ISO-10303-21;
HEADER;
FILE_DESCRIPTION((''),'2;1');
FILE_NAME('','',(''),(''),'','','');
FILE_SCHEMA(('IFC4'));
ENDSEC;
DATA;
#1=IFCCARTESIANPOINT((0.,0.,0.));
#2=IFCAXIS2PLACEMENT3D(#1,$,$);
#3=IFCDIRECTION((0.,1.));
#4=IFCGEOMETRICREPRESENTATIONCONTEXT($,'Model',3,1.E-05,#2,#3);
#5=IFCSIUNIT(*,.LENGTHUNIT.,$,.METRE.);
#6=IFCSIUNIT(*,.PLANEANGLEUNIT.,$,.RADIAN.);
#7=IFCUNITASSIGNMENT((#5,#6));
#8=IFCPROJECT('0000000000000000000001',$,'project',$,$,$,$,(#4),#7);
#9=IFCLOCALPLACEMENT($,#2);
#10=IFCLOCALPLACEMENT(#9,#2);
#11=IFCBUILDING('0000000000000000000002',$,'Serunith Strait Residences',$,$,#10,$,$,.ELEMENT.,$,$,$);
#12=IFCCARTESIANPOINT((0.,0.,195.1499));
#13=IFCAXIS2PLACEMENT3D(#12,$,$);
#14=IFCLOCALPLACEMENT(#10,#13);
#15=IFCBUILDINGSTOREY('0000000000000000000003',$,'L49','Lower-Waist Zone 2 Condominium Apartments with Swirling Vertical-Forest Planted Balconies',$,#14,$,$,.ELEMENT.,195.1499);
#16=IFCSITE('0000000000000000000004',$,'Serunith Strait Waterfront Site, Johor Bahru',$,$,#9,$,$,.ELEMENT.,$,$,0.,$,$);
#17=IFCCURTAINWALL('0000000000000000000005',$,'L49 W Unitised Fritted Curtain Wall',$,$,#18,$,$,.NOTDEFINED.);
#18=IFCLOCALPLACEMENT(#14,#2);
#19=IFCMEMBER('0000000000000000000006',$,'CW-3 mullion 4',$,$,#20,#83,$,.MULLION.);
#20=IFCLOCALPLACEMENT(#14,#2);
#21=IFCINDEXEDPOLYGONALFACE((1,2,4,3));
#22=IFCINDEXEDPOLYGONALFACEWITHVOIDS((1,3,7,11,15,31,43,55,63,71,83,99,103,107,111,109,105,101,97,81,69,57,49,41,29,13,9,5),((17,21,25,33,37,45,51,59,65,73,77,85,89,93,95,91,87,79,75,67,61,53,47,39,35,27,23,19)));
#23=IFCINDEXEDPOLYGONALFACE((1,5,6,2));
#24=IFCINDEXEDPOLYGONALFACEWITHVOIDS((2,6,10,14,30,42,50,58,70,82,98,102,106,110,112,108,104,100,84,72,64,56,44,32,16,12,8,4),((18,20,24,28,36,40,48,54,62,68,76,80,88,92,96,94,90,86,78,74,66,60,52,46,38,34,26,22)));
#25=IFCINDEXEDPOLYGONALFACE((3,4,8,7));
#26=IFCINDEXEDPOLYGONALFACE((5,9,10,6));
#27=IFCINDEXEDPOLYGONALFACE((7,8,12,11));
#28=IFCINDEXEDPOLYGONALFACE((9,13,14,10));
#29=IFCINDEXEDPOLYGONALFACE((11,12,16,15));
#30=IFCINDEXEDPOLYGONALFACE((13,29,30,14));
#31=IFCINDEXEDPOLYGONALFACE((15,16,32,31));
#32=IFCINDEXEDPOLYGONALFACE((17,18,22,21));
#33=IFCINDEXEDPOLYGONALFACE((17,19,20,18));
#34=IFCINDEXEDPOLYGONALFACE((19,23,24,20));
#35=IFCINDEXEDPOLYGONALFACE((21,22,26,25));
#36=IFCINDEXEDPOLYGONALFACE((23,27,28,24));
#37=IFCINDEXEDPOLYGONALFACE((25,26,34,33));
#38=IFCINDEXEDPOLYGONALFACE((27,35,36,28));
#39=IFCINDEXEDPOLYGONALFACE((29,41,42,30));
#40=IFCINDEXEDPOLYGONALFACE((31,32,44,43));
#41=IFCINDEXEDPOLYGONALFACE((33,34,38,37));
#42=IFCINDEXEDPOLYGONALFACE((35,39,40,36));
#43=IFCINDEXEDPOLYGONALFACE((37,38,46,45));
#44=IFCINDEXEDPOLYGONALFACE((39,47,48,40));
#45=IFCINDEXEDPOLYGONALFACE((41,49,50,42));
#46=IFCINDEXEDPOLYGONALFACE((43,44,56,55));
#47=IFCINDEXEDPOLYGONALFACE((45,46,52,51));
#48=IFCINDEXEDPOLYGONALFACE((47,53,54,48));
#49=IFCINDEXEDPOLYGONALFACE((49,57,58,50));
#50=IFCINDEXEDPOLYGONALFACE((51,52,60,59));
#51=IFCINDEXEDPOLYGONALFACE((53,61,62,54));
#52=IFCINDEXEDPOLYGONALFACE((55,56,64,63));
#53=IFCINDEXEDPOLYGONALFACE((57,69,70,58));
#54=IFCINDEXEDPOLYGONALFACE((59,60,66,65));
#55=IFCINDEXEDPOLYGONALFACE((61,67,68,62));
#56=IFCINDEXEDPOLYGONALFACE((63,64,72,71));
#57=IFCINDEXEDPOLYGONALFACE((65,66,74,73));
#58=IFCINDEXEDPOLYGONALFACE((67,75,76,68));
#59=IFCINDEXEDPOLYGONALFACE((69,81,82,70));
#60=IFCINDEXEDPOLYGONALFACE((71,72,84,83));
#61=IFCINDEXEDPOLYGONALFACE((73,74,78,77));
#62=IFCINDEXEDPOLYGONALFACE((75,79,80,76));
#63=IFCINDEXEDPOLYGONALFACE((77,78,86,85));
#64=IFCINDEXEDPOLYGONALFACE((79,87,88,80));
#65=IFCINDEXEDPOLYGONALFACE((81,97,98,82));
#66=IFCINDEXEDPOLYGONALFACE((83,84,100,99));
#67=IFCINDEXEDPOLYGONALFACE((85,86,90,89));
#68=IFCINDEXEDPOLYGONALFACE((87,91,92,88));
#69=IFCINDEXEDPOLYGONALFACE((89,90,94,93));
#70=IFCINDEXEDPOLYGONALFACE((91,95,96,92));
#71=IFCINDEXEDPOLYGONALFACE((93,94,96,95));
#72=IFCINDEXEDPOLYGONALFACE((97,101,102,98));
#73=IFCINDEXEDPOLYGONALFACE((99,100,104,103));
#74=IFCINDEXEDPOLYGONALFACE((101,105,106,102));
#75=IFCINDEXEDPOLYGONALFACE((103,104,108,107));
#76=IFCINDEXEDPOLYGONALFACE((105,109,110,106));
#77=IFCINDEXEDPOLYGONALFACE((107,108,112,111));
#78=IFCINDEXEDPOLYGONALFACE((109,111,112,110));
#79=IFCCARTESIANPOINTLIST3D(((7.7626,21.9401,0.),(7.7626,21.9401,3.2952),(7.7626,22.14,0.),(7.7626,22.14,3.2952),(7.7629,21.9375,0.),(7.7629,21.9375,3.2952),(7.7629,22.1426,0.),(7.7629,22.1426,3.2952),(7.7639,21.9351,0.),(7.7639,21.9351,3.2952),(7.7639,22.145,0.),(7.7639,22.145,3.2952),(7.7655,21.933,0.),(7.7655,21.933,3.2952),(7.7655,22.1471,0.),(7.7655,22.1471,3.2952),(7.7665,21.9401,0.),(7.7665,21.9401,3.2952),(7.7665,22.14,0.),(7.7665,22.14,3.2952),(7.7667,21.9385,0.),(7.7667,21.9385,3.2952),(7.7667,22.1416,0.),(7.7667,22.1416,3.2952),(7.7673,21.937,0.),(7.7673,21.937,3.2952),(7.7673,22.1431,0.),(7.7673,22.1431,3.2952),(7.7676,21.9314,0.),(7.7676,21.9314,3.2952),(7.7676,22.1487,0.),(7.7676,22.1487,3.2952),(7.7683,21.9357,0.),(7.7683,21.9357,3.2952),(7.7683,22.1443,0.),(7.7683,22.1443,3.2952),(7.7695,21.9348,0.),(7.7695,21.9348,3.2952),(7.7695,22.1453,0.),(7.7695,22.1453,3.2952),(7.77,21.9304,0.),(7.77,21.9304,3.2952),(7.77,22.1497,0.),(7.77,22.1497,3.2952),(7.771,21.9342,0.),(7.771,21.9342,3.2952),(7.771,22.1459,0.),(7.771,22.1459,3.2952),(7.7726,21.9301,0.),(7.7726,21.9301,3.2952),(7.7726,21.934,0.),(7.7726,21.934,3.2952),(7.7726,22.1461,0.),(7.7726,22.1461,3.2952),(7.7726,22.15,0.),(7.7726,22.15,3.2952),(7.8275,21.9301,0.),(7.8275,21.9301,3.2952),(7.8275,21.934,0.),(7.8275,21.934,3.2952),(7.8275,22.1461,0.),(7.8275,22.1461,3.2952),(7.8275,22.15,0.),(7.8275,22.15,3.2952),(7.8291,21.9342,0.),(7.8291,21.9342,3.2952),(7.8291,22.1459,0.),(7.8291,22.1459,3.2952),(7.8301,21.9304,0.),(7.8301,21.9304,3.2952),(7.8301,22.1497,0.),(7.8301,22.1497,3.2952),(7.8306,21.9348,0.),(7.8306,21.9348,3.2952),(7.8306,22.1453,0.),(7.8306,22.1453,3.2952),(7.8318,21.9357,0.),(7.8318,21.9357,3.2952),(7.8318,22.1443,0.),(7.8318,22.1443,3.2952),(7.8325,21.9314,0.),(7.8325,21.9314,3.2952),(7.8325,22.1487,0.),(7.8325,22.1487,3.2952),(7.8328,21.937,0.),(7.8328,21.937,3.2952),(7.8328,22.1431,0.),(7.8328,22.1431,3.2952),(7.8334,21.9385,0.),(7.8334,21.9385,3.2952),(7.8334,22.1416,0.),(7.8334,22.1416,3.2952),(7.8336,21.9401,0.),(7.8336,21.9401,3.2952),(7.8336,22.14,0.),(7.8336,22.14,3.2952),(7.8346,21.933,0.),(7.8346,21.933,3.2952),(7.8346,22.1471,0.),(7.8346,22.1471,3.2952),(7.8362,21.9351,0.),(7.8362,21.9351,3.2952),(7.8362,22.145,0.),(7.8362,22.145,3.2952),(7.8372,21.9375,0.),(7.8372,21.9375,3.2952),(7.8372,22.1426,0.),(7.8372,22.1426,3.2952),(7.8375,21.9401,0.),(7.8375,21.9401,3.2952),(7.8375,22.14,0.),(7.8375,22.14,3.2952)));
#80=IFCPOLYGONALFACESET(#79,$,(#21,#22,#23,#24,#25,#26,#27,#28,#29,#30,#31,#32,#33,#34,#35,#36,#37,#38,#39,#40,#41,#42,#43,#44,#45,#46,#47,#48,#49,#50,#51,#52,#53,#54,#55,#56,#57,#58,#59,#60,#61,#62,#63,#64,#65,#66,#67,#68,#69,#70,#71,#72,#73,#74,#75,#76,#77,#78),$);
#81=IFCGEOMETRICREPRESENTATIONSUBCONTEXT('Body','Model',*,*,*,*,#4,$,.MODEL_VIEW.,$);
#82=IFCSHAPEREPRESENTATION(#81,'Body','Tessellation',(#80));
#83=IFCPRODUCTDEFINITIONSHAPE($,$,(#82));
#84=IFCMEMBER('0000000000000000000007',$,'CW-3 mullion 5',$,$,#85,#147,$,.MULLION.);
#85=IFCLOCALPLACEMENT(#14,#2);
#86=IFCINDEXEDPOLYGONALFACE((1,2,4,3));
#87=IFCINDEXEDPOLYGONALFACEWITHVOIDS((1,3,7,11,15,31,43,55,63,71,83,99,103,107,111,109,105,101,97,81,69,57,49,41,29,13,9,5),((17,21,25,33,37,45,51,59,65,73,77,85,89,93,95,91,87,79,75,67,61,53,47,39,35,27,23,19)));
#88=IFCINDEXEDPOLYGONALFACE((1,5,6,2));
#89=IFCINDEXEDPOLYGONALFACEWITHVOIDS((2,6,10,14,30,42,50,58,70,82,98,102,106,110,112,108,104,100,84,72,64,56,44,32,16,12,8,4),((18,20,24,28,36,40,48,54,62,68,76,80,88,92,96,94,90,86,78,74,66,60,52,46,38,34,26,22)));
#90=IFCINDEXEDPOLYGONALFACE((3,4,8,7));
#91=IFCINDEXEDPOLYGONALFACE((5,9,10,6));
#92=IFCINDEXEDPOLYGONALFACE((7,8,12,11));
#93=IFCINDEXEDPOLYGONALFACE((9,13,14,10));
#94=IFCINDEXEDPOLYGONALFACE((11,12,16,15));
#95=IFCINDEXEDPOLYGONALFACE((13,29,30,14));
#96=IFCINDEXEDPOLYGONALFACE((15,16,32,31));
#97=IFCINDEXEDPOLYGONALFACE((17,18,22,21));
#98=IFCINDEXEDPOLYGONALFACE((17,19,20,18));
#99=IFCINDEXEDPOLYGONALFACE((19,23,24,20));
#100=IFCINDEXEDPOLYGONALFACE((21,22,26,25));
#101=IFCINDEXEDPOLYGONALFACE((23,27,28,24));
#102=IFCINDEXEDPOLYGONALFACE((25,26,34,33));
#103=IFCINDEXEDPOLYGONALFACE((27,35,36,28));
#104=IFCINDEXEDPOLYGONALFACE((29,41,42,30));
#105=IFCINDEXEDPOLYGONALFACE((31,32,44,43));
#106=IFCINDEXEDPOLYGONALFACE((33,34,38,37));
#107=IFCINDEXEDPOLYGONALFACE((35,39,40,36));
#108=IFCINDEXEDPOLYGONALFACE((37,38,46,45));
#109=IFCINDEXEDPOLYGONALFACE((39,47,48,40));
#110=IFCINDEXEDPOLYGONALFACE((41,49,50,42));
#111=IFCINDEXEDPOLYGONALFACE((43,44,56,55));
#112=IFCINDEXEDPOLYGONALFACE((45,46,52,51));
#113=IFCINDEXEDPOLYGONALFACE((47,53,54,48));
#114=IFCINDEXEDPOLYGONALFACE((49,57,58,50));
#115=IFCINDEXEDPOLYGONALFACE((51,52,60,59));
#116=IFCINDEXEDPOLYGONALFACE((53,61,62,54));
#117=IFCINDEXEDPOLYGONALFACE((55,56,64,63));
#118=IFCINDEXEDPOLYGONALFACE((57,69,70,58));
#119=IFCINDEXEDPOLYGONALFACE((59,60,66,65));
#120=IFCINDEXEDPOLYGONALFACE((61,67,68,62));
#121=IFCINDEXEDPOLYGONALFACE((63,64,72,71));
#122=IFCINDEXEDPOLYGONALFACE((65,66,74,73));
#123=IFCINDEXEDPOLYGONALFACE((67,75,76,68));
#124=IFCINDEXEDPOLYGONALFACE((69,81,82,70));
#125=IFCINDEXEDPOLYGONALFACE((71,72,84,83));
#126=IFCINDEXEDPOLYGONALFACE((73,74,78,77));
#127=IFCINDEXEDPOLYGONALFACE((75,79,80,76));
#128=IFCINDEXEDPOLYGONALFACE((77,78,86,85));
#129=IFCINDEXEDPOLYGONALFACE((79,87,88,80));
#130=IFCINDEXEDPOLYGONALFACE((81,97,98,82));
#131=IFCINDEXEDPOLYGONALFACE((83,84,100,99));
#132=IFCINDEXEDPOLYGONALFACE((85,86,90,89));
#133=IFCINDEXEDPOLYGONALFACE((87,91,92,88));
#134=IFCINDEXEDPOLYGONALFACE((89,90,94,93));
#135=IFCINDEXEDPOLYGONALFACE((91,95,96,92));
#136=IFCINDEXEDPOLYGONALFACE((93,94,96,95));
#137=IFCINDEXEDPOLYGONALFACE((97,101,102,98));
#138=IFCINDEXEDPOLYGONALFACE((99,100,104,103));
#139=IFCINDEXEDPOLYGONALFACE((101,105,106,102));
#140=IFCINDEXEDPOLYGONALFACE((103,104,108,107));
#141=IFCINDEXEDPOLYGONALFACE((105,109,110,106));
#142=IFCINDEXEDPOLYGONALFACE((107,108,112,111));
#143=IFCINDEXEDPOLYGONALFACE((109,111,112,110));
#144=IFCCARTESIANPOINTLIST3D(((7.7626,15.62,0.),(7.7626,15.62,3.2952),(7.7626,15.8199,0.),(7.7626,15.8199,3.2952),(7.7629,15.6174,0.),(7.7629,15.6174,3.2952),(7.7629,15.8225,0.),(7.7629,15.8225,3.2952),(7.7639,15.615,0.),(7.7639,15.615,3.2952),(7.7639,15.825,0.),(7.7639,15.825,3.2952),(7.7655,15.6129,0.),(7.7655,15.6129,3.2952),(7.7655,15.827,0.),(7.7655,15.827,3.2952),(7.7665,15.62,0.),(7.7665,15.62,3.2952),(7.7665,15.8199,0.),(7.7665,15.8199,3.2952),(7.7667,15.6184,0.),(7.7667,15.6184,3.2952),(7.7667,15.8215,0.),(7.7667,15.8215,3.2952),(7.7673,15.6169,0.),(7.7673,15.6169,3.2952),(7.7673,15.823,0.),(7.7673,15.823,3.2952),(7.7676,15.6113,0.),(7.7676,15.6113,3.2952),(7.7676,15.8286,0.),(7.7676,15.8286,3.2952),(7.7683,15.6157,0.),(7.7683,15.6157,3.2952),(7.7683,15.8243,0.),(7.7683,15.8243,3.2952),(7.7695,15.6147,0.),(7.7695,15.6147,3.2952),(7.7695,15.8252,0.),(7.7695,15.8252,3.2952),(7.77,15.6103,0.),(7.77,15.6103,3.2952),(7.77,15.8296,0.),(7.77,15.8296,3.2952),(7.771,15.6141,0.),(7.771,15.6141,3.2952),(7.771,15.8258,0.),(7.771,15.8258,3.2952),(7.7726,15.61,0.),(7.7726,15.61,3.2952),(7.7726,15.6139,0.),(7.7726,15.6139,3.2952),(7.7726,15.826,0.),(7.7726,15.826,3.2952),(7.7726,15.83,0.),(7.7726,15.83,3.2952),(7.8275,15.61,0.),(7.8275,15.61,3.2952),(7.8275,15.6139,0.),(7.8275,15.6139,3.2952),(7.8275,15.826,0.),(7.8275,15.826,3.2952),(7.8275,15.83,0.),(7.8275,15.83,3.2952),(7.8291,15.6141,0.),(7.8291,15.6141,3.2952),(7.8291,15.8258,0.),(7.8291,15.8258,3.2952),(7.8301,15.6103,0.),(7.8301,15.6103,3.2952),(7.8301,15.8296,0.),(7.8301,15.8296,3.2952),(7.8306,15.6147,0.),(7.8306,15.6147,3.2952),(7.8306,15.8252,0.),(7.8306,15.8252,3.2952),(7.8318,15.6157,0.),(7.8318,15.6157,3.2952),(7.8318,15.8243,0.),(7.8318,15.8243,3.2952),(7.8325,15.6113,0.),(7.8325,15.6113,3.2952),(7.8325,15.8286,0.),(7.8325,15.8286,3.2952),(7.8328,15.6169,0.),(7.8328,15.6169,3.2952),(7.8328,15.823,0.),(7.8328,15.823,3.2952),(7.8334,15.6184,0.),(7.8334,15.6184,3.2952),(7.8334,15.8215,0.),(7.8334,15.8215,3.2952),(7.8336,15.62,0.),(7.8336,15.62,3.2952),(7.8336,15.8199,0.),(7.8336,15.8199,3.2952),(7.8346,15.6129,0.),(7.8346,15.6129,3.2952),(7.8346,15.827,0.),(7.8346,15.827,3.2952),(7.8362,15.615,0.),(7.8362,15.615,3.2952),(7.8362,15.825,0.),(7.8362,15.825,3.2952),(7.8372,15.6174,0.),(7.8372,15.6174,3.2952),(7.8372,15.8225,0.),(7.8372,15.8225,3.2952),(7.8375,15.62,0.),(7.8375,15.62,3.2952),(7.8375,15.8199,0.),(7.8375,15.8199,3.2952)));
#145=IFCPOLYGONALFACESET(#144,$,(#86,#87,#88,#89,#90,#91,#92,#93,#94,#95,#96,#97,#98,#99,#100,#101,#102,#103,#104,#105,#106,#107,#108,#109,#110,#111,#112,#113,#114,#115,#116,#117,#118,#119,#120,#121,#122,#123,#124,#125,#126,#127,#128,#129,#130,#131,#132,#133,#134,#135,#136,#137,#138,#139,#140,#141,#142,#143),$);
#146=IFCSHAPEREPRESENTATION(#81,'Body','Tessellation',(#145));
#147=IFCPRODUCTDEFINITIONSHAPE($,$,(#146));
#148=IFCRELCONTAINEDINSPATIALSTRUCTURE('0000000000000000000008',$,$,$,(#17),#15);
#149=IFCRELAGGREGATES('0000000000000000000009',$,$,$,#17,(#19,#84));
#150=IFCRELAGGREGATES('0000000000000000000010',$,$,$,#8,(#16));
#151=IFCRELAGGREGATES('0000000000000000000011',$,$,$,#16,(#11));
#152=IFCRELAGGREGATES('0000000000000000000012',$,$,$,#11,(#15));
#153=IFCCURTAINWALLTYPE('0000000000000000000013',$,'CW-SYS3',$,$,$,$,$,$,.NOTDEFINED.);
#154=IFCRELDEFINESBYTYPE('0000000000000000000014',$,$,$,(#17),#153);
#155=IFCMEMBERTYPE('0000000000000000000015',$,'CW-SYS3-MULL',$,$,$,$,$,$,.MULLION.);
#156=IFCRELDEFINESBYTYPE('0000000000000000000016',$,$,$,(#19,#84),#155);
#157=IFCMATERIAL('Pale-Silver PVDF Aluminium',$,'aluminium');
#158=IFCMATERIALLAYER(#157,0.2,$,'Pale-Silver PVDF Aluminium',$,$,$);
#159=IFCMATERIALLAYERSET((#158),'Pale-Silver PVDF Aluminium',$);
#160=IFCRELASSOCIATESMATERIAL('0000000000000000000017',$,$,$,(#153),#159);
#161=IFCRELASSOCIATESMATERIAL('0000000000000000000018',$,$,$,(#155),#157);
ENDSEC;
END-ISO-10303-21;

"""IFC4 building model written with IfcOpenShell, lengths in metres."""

from ifc_helpers import new_model, si_unit, direction, frame, origin, origin_2d, place, context, subcontext, project, spatial, hollow_rectangle, extrude, source, transform, mapped, material, layer, layer_set, material_profile, profile_set, type_object, element, aggregate, save


model = new_model("IFC4")

# Units and contexts
model_context = context("Model", 3, precision=1e-05, world=origin(), true_north=direction((0.0, 1.0)))
body_context = subcontext(model_context, "Body", "Model", "MODEL_VIEW")
ifc_project = project(units=[si_unit("LENGTHUNIT", "METRE"), si_unit("PLANEANGLEUNIT", "RADIAN")], contexts=[model_context])

# Site, building, storey
site_placement = place(None, origin())
site = spatial("IfcSite", under=ifc_project, at=site_placement, Name="Serunith Strait Waterfront Site, Johor Bahru", CompositionType="ELEMENT", RefElevation=0.0)
building_placement = place(site_placement, origin())
building = spatial("IfcBuilding", under=site, at=building_placement, Name="Serunith Strait Residences", CompositionType="ELEMENT")
storey_placement = place(building_placement, frame((0.0, 0.0, 195.1499)))
storey = spatial("IfcBuildingStorey", under=building, at=storey_placement, Name="L49", Description="Lower-Waist Zone 2 Condominium Apartments with Swirling Vertical-Forest Planted Balconies", CompositionType="ELEMENT", Elevation=195.1499)

# Curtain wall, members
ifc_material_1 = material(Name="Pale-Silver PVDF Aluminium", Category="aluminium")
ifc_layer_1 = layer(ifc_material_1, 0.2, Name="Pale-Silver PVDF Aluminium")
ifc_layer_set_1 = layer_set([ifc_layer_1], Name="Pale-Silver PVDF Aluminium")
curtain_wall_type = type_object("IfcCurtainWallType", Name="CW-SYS3", PredefinedType="NOTDEFINED", material=ifc_layer_set_1)
curtain_wall_placement = place(storey_placement, origin())
curtain_wall = element("IfcCurtainWall", 1, at=curtain_wall_placement, inside=storey, type_object=curtain_wall_type, Name="L49 W Unitised Fritted Curtain Wall", PredefinedType="NOTDEFINED")
ifc_material_profile_1 = material_profile(ifc_material_1, hollow_rectangle(XDim=0.075, YDim=0.22, WallThickness=0.0039, InnerFilletRadius=0.0061, OuterFilletRadius=0.01, at=origin_2d()), Name="ALU 220x75x4")
ifc_profile_set_1 = profile_set([ifc_material_profile_1], Name="Pale-Silver PVDF Aluminium")
member_type_1 = type_object("IfcMemberType", Name="CW-SYS3-MULL", PredefinedType="MULLION", material=ifc_profile_set_1)
shared_shape_1 = source(origin(), body_context, "Body", "SweptSolid", [
    extrude(hollow_rectangle(XDim=0.075, YDim=0.22, WallThickness=0.0039, InnerFilletRadius=0.0061, OuterFilletRadius=0.01, at=origin_2d()), origin(), (0.0, 0.0, 1.0), 3.2952),
])
member_1_placement = place(storey_placement, frame((7.8, 22.04, 0.0), z_axis=(0.0, 0.0, 1.0), x_axis=(1.0, 0.0, 0.0)))
member_1 = element("IfcMember", 2, at=member_1_placement, type_object=member_type_1, Name="CW-3 mullion 4", PredefinedType="MULLION", context=body_context, shape_type="MappedRepresentation", body=[
    mapped(shared_shape_1, transform((0.0, 0.0, 0.0), scale=1.0)),
])
member_2_placement = place(storey_placement, frame((7.8, 15.72, 0.0), z_axis=(0.0, 0.0, 1.0), x_axis=(1.0, 0.0, 0.0)))
member_2 = element("IfcMember", 3, at=member_2_placement, type_object=member_type_1, Name="CW-3 mullion 5", PredefinedType="MULLION", context=body_context, shape_type="MappedRepresentation", body=[
    mapped(shared_shape_1, transform((0.0, 0.0, 0.0), scale=1.0)),
])
aggregate(curtain_wall, [member_1, member_2])

save(model, "model.ifc")
